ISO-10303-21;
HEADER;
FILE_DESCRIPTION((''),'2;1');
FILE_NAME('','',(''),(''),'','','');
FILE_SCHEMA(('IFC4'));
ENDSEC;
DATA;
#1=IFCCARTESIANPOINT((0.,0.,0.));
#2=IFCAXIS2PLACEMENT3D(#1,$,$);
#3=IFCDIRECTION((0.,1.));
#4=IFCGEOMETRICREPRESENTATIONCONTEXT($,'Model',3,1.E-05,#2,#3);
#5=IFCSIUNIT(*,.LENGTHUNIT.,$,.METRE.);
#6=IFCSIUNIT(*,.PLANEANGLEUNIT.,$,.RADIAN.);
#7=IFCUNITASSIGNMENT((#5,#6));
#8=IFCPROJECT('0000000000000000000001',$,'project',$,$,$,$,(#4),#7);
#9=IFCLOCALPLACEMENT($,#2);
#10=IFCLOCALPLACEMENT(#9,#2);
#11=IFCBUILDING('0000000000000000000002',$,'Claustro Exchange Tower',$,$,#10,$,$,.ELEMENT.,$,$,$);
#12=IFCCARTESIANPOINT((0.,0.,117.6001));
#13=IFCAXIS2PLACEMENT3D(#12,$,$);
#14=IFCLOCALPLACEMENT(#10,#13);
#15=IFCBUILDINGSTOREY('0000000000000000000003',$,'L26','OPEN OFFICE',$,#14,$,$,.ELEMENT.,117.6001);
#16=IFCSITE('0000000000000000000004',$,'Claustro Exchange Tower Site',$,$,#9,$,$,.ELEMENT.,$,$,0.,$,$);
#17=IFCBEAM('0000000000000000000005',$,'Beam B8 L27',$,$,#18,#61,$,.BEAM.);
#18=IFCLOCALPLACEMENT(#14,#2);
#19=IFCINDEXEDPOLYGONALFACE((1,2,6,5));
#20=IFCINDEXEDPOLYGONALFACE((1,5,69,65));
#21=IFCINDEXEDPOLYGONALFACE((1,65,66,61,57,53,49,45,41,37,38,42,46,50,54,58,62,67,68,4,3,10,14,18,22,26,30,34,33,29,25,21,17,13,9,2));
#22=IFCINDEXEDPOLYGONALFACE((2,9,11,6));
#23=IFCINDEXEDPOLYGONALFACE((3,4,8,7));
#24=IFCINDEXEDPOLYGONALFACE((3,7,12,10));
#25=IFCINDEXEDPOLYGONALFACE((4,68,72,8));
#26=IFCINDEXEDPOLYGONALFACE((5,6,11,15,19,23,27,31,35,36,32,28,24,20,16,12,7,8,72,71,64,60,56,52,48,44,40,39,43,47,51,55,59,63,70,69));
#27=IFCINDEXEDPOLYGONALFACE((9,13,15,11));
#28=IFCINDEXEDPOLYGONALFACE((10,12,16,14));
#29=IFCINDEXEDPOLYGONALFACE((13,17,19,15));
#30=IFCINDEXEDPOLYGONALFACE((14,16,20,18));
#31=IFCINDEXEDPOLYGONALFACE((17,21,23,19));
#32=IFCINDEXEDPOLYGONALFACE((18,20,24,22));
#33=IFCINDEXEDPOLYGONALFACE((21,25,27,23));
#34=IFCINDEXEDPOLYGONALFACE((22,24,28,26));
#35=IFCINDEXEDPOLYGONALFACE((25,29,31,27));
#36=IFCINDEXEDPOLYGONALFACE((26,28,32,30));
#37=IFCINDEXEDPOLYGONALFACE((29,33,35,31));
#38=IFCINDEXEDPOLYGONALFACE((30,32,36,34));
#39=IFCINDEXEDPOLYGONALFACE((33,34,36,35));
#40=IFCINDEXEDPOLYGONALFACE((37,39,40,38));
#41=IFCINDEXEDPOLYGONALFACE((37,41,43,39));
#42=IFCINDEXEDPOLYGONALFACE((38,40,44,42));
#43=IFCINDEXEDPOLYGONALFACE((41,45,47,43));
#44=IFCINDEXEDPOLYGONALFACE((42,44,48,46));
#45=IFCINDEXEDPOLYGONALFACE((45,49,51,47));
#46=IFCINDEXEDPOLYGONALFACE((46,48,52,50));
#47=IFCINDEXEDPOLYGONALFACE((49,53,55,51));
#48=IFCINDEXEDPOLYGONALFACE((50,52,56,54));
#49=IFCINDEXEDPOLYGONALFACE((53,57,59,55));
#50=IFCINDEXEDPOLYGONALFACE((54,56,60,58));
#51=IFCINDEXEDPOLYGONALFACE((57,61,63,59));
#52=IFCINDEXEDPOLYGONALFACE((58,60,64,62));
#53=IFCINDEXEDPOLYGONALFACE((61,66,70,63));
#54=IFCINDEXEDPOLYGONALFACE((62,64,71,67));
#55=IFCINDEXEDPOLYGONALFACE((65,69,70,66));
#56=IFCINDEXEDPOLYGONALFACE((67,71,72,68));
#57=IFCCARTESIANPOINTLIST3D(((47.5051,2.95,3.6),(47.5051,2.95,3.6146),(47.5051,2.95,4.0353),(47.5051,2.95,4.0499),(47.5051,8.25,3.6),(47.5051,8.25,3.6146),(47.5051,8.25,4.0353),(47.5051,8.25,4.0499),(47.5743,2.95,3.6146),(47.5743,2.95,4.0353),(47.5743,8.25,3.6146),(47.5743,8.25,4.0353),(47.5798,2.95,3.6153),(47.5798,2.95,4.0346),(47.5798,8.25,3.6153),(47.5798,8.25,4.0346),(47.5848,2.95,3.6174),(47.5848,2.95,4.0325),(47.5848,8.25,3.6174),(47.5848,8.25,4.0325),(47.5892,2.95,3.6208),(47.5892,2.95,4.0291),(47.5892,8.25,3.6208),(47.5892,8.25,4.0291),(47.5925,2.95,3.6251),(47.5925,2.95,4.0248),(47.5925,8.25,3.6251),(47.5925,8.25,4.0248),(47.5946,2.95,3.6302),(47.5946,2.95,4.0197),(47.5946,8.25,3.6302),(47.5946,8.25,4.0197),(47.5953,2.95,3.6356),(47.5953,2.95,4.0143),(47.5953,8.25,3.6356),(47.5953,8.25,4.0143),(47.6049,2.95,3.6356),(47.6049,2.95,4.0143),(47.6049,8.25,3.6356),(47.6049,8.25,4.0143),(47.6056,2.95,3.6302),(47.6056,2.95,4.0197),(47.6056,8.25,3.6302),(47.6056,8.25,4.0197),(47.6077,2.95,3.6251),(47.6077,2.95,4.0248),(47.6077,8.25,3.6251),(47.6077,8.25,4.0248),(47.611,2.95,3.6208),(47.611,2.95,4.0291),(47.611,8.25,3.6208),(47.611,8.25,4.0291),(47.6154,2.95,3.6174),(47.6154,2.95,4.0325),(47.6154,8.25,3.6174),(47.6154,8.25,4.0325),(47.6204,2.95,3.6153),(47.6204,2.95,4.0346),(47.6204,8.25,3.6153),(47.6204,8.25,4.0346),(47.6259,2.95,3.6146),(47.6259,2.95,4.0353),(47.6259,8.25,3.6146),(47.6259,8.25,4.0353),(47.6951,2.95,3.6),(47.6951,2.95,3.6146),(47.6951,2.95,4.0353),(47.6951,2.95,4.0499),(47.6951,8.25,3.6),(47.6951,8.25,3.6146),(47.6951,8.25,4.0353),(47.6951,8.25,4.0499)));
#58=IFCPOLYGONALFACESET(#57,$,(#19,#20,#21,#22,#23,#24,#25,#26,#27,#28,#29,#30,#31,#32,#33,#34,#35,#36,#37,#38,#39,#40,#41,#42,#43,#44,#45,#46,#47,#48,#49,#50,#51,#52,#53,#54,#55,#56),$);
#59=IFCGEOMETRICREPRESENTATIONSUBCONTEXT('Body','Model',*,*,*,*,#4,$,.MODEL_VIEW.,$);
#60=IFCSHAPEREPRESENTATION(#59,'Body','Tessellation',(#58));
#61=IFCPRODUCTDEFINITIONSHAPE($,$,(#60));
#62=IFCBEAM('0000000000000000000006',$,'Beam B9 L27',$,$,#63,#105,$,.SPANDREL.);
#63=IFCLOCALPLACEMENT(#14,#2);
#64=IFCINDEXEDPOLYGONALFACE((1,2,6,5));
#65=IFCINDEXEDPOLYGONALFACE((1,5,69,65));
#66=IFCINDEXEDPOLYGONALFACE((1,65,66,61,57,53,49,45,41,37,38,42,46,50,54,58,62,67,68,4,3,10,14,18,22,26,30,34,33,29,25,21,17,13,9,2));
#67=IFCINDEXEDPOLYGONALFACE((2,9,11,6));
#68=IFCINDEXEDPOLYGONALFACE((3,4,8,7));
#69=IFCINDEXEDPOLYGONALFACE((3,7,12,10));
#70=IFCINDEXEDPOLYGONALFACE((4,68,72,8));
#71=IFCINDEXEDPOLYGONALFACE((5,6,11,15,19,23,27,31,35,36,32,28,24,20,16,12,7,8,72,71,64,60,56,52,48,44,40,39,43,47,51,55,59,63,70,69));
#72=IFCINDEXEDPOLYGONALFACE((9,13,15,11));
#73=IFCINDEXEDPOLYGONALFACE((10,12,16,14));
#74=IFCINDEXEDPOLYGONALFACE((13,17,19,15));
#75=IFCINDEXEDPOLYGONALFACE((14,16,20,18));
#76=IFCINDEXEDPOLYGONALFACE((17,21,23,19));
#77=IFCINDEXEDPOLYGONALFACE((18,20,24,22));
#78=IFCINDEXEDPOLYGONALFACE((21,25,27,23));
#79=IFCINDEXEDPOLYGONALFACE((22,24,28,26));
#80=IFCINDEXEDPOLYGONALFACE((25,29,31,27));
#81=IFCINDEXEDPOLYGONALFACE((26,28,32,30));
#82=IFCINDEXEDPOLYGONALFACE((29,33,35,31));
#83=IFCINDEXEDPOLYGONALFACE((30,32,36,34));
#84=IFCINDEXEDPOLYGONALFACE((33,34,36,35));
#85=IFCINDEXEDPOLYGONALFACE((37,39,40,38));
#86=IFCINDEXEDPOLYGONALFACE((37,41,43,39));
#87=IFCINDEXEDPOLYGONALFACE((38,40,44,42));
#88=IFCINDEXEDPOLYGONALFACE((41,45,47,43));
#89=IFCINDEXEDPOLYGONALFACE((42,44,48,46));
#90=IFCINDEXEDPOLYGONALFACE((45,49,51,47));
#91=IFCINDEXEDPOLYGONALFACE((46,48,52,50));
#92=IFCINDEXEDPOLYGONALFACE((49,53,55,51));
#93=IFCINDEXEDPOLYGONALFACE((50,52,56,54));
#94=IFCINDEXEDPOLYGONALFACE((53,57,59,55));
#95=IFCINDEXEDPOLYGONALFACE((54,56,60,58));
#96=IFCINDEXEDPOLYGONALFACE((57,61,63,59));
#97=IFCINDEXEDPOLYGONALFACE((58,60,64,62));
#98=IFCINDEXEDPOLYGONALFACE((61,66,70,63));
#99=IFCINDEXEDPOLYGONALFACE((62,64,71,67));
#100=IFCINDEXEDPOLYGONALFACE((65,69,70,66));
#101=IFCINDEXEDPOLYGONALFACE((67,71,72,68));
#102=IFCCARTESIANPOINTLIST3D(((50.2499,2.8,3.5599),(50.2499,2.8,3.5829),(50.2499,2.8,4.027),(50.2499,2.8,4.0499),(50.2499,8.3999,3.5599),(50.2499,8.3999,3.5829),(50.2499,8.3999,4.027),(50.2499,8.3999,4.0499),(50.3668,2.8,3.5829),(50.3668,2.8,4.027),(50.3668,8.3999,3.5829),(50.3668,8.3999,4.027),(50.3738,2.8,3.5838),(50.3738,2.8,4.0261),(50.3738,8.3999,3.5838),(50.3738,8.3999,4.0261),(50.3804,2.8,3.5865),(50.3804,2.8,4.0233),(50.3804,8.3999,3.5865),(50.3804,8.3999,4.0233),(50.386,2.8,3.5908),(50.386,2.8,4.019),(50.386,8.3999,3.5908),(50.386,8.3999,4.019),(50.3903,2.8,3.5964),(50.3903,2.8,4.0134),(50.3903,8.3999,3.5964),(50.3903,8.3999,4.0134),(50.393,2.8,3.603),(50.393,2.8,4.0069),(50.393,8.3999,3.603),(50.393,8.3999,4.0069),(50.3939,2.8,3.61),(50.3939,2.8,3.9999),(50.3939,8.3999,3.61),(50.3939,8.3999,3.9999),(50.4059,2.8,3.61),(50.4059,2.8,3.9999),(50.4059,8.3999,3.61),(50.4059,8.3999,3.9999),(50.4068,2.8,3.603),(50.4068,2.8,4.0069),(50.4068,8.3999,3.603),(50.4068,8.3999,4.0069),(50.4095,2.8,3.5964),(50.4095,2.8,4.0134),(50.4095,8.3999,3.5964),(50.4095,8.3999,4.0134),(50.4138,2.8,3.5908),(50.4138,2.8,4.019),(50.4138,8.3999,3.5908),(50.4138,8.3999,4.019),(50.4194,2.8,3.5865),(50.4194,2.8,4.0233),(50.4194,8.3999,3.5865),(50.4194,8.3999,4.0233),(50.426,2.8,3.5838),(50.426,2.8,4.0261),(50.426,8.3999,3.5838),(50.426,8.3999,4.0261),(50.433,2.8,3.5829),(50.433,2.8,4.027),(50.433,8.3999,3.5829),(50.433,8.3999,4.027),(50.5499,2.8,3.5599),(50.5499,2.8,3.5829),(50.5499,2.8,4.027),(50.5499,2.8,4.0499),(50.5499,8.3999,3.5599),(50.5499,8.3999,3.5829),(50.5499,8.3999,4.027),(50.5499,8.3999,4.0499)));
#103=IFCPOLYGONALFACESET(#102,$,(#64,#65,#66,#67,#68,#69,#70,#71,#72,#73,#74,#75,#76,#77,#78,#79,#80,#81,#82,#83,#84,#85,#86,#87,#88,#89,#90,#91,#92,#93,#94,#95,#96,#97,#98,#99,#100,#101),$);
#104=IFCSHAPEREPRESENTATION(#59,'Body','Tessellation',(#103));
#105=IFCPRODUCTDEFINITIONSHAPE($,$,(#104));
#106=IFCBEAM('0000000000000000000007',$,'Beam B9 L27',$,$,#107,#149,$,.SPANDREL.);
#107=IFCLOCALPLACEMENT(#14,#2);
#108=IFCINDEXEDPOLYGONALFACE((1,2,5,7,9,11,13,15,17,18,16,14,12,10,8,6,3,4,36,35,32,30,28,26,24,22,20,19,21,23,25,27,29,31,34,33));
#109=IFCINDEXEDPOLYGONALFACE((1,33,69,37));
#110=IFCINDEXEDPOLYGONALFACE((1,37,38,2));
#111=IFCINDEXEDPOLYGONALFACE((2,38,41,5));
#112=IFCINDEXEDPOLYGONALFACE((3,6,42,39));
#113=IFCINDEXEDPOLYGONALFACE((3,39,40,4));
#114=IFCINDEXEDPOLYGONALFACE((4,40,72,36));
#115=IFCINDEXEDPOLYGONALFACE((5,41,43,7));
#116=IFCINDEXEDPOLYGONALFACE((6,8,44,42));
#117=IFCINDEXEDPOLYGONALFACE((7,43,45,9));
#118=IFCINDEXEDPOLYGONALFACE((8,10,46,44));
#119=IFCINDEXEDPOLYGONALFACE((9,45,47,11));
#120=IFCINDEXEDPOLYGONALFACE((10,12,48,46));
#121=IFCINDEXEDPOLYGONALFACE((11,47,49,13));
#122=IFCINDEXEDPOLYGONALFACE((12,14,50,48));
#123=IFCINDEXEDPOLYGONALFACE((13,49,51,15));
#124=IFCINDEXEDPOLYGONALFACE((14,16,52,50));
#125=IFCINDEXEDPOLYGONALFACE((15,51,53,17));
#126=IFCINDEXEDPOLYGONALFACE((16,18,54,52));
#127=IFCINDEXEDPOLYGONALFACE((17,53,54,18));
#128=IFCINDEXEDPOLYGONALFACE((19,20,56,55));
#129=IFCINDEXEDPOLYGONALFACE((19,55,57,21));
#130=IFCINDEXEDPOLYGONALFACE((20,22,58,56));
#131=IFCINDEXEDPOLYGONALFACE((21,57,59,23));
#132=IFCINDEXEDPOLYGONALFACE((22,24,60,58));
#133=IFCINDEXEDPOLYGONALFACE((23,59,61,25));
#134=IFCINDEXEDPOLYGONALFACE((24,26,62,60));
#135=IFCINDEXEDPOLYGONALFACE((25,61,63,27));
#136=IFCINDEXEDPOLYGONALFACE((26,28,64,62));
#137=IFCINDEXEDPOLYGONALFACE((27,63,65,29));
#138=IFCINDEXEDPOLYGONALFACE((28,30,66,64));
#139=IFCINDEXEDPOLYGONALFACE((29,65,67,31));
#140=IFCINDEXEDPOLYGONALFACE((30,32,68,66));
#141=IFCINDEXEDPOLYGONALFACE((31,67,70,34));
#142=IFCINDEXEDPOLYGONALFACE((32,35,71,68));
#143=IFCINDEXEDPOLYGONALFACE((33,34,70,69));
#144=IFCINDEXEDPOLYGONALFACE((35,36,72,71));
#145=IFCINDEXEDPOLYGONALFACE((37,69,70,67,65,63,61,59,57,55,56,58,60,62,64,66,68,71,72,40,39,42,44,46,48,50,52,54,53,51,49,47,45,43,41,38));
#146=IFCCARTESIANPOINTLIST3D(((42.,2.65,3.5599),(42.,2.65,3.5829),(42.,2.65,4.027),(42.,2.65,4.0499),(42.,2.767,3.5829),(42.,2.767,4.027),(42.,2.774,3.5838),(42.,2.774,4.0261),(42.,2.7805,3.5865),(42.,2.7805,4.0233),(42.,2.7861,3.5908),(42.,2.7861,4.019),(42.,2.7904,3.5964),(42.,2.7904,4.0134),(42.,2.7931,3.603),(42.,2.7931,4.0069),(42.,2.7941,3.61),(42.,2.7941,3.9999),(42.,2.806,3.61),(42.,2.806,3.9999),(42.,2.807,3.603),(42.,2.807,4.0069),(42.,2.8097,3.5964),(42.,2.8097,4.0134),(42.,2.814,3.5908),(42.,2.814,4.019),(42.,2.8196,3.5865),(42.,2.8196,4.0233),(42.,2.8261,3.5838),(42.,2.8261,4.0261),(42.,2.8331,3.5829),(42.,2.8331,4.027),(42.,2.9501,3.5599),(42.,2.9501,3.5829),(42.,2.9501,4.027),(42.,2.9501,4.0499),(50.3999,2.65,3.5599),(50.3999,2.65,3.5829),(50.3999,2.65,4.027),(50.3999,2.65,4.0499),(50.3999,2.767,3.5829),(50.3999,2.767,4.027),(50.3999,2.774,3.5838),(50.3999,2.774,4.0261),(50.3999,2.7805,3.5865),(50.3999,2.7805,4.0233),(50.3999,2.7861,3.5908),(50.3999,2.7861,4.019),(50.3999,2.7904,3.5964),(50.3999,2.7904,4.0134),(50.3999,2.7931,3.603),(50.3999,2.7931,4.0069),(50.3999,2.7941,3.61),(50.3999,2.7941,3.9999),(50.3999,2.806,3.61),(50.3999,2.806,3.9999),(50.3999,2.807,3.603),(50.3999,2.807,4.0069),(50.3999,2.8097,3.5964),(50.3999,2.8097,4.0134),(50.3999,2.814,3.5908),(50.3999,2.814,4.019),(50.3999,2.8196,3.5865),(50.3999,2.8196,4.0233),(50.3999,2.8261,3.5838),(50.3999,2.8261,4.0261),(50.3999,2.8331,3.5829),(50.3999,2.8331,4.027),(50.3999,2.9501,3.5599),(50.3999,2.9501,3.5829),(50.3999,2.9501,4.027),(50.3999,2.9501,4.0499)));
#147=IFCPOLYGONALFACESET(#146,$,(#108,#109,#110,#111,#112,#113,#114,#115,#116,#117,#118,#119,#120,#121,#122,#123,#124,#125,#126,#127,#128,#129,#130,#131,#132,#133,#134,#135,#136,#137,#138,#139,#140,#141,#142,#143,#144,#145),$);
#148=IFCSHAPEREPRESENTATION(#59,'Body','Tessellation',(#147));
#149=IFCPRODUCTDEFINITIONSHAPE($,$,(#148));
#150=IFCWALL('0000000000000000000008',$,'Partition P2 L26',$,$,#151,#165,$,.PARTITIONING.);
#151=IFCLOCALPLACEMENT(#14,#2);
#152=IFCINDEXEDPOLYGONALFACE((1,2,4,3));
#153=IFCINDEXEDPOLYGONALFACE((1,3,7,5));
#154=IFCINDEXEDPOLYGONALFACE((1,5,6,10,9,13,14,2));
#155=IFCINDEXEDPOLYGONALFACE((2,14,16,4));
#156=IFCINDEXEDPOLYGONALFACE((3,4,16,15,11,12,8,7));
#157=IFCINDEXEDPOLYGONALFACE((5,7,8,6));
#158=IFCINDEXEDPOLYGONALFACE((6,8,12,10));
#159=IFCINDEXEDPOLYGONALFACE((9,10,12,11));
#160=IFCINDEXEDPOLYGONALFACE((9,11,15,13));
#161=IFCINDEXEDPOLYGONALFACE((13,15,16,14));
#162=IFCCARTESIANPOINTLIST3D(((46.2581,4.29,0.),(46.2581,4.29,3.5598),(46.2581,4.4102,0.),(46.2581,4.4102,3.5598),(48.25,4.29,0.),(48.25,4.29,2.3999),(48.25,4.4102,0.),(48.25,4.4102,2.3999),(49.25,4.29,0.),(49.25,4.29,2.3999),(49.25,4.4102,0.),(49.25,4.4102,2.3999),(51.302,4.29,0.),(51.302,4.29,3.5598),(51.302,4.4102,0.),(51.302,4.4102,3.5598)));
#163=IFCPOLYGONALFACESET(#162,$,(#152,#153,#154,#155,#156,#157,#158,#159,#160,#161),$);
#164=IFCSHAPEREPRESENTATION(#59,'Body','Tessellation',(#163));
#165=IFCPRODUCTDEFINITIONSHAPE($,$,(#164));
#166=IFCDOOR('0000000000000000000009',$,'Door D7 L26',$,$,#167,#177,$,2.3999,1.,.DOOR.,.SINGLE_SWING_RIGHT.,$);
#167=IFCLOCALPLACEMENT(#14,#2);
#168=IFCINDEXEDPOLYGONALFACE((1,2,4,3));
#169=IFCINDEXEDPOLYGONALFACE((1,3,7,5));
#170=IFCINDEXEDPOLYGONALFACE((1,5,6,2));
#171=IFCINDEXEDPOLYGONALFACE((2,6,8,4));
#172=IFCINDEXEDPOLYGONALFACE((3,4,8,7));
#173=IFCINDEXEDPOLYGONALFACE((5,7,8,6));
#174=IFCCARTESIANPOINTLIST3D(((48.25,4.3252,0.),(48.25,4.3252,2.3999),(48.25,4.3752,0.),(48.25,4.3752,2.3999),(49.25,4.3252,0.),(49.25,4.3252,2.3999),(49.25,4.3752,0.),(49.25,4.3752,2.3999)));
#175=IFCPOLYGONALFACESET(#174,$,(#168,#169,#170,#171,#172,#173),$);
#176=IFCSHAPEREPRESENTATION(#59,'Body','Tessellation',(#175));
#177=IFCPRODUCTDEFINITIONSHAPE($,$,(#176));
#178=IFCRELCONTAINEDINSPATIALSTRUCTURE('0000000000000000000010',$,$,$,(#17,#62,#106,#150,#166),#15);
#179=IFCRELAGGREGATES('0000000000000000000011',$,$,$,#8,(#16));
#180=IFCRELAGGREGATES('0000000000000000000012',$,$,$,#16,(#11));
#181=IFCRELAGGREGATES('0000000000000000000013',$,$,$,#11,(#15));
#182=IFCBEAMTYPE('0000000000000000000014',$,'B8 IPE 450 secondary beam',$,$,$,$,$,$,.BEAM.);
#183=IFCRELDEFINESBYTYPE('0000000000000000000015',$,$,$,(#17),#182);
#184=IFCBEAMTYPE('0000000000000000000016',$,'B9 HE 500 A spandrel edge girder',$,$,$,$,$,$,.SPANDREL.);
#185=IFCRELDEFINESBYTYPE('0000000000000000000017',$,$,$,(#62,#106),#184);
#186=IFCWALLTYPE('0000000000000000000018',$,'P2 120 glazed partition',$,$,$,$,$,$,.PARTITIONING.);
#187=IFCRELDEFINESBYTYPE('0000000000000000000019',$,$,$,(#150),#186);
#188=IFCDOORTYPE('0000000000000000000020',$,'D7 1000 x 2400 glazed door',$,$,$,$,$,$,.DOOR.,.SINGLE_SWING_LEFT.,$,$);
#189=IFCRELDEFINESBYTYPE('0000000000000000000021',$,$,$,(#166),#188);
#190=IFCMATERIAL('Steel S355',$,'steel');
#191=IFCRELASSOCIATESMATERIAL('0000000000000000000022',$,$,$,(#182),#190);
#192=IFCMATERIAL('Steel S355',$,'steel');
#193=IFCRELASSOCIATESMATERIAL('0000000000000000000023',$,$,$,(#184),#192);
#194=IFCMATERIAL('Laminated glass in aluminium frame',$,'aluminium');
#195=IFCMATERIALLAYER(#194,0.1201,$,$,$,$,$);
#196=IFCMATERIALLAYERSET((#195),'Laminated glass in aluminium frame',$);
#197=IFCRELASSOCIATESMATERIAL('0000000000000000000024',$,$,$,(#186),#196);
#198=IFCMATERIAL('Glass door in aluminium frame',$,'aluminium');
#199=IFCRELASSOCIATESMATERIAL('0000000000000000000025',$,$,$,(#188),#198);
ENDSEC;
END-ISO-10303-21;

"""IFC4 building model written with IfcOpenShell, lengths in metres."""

from ifc_helpers import new_model, si_unit, direction, frame, frame_2d, origin, origin_2d, place, context, subcontext, project, spatial, rectangle, i_section, extrude, material, layer, layer_set, material_profile, profile_set, type_object, element, fill, save


model = new_model("IFC4")

# Units and contexts
model_context = context("Model", 3, precision=1e-05, world=origin(), true_north=direction((0.0, 1.0)))
body_context = subcontext(model_context, "Body", "Model", "MODEL_VIEW")
ifc_project = project(units=[si_unit("LENGTHUNIT", "METRE"), si_unit("PLANEANGLEUNIT", "RADIAN")], contexts=[model_context])

# Site, building, storey
site_placement = place(None, origin())
site = spatial("IfcSite", under=ifc_project, at=site_placement, Name="Claustro Exchange Tower Site", CompositionType="ELEMENT", RefElevation=0.0)
building_placement = place(site_placement, origin())
building = spatial("IfcBuilding", under=site, at=building_placement, Name="Claustro Exchange Tower", CompositionType="ELEMENT")
storey_placement = place(building_placement, frame((0.0, 0.0, 117.6001)))
storey = spatial("IfcBuildingStorey", under=building, at=storey_placement, Name="L26", Description="OPEN OFFICE", CompositionType="ELEMENT", Elevation=117.6001)

# Beams
ifc_material_1 = material(Name="Steel S355", Category="steel")
ifc_material_profile_1 = material_profile(ifc_material_1, i_section(OverallWidth=0.1899, OverallDepth=0.45, WebThickness=0.0095, FlangeThickness=0.0146, FilletRadius=0.021, at=origin_2d()), Name="IPE 450")
ifc_profile_set_1 = profile_set([ifc_material_profile_1], Name="Steel S355")
beam_type_1 = type_object("IfcBeamType", Name="B8 IPE 450 secondary beam", PredefinedType="BEAM", material=ifc_profile_set_1)
for number, where, z_axis, x_axis, name in (
    (1, (47.6001, 2.95, 3.825), (0.0, 1.0, 0.0), (-1.0, 0.0, 0.0), "Beam B8 L27"),
):
    element("IfcBeam", number, at=place(storey_placement, frame(where, z_axis=z_axis, x_axis=x_axis)), inside=storey, type_object=beam_type_1, Name=name, PredefinedType="BEAM", context=body_context, shape_type="SweptSolid", body=[
        extrude(i_section(OverallWidth=0.1899, OverallDepth=0.45, WebThickness=0.0095, FlangeThickness=0.0146, FilletRadius=0.021, at=origin_2d()), origin(), (0.0, 0.0, 1.0), 5.3),
    ])
ifc_material_2 = material(Name="Steel S355", Category="steel")
ifc_material_profile_2 = material_profile(ifc_material_2, i_section(OverallWidth=0.3, OverallDepth=0.49, WebThickness=0.012, FlangeThickness=0.0229, FilletRadius=0.0271, at=origin_2d()), Name="HE 500 A")
ifc_profile_set_2 = profile_set([ifc_material_profile_2], Name="Steel S355")
beam_type_2 = type_object("IfcBeamType", Name="B9 HE 500 A spandrel edge girder", PredefinedType="SPANDREL", material=ifc_profile_set_2)
beam_1_placement = place(storey_placement, frame((50.3999, 2.8, 3.8049), z_axis=(0.0, 1.0, 0.0), x_axis=(-1.0, 0.0, 0.0)))
element("IfcBeam", 2, at=beam_1_placement, inside=storey, type_object=beam_type_2, Name="Beam B9 L27", PredefinedType="SPANDREL", context=body_context, shape_type="SweptSolid", body=[
    extrude(i_section(OverallWidth=0.3, OverallDepth=0.49, WebThickness=0.012, FlangeThickness=0.0229, FilletRadius=0.0271, at=origin_2d()), origin(), (0.0, 0.0, 1.0), 5.5999),
])
beam_2_placement = place(storey_placement, frame((42.0, 2.8, 3.8049), z_axis=(1.0, 0.0, 0.0), x_axis=(0.0, 1.0, 0.0)))
element("IfcBeam", 3, at=beam_2_placement, inside=storey, type_object=beam_type_2, Name="Beam B9 L27", PredefinedType="SPANDREL", context=body_context, shape_type="SweptSolid", body=[
    extrude(i_section(OverallWidth=0.3, OverallDepth=0.49, WebThickness=0.012, FlangeThickness=0.0229, FilletRadius=0.0271, at=origin_2d()), origin(), (0.0, 0.0, 1.0), 8.3999),
])

# Wall, opening, door
ifc_material_3 = material(Name="Laminated glass in aluminium frame", Category="aluminium")
ifc_layer_1 = layer(ifc_material_3, 0.1201)
ifc_layer_set_1 = layer_set([ifc_layer_1], Name="Laminated glass in aluminium frame")
wall_type_1 = type_object("IfcWallType", Name="P2 120 glazed partition", PredefinedType="PARTITIONING", material=ifc_layer_set_1)
wall_1_placement = place(storey_placement, frame((46.2581, 4.3501, 0.0), z_axis=(0.0, 0.0, 1.0), x_axis=(1.0, 0.0, 0.0)))
wall_1 = element("IfcWall", 4, at=wall_1_placement, inside=storey, type_object=wall_type_1, Name="Partition P2 L26", PredefinedType="PARTITIONING", context=body_context, shape_type="SweptSolid", body=[
    extrude(rectangle(XDim=5.0439, YDim=0.1201, at=frame_2d((2.522, 0.0))), origin(), (0.0, 0.0, 1.0), 3.5598),
])
opening_1_placement = place(wall_1_placement, frame((1.9919, 0.0, 0.0)))
opening_1 = element("IfcOpeningElement", 5, at=opening_1_placement, cuts=wall_1, PredefinedType="OPENING", context=body_context, shape_type="SweptSolid", body=[
    extrude(rectangle(XDim=1.0, YDim=2.3999, at=frame_2d((0.5, 1.2))), frame((0.0, 0.0701, 0.0), z_axis=(0.0, -1.0, 0.0), x_axis=(1.0, 0.0, 0.0)), (0.0, 0.0, 1.0), 0.1401),
])
ifc_material_4 = material(Name="Glass door in aluminium frame", Category="aluminium")
door_type_1 = type_object("IfcDoorType", Name="D7 1000 x 2400 glazed door", OperationType="SINGLE_SWING_LEFT", PredefinedType="DOOR", material=ifc_material_4)
door_1_placement = place(opening_1_placement, frame((1.0, 0.0, 0.0), z_axis=(0.0, 0.0, 1.0), x_axis=(-1.0, 0.0, 0.0)))
door_1 = element("IfcDoor", 6, at=door_1_placement, inside=storey, type_object=door_type_1, Name="Door D7 L26", OperationType="SINGLE_SWING_RIGHT", OverallHeight=2.3999, OverallWidth=1.0, PredefinedType="DOOR", context=body_context, shape_type="SweptSolid", body=[
    extrude(rectangle(XDim=1.0, YDim=2.3999, at=frame_2d((0.5, 1.2))), frame((0.0, 0.0249, 0.0), z_axis=(0.0, -1.0, 0.0), x_axis=(1.0, 0.0, 0.0)), (0.0, 0.0, 1.0), 0.05),
])
fill(opening_1, door_1)

save(model, "model.ifc")
